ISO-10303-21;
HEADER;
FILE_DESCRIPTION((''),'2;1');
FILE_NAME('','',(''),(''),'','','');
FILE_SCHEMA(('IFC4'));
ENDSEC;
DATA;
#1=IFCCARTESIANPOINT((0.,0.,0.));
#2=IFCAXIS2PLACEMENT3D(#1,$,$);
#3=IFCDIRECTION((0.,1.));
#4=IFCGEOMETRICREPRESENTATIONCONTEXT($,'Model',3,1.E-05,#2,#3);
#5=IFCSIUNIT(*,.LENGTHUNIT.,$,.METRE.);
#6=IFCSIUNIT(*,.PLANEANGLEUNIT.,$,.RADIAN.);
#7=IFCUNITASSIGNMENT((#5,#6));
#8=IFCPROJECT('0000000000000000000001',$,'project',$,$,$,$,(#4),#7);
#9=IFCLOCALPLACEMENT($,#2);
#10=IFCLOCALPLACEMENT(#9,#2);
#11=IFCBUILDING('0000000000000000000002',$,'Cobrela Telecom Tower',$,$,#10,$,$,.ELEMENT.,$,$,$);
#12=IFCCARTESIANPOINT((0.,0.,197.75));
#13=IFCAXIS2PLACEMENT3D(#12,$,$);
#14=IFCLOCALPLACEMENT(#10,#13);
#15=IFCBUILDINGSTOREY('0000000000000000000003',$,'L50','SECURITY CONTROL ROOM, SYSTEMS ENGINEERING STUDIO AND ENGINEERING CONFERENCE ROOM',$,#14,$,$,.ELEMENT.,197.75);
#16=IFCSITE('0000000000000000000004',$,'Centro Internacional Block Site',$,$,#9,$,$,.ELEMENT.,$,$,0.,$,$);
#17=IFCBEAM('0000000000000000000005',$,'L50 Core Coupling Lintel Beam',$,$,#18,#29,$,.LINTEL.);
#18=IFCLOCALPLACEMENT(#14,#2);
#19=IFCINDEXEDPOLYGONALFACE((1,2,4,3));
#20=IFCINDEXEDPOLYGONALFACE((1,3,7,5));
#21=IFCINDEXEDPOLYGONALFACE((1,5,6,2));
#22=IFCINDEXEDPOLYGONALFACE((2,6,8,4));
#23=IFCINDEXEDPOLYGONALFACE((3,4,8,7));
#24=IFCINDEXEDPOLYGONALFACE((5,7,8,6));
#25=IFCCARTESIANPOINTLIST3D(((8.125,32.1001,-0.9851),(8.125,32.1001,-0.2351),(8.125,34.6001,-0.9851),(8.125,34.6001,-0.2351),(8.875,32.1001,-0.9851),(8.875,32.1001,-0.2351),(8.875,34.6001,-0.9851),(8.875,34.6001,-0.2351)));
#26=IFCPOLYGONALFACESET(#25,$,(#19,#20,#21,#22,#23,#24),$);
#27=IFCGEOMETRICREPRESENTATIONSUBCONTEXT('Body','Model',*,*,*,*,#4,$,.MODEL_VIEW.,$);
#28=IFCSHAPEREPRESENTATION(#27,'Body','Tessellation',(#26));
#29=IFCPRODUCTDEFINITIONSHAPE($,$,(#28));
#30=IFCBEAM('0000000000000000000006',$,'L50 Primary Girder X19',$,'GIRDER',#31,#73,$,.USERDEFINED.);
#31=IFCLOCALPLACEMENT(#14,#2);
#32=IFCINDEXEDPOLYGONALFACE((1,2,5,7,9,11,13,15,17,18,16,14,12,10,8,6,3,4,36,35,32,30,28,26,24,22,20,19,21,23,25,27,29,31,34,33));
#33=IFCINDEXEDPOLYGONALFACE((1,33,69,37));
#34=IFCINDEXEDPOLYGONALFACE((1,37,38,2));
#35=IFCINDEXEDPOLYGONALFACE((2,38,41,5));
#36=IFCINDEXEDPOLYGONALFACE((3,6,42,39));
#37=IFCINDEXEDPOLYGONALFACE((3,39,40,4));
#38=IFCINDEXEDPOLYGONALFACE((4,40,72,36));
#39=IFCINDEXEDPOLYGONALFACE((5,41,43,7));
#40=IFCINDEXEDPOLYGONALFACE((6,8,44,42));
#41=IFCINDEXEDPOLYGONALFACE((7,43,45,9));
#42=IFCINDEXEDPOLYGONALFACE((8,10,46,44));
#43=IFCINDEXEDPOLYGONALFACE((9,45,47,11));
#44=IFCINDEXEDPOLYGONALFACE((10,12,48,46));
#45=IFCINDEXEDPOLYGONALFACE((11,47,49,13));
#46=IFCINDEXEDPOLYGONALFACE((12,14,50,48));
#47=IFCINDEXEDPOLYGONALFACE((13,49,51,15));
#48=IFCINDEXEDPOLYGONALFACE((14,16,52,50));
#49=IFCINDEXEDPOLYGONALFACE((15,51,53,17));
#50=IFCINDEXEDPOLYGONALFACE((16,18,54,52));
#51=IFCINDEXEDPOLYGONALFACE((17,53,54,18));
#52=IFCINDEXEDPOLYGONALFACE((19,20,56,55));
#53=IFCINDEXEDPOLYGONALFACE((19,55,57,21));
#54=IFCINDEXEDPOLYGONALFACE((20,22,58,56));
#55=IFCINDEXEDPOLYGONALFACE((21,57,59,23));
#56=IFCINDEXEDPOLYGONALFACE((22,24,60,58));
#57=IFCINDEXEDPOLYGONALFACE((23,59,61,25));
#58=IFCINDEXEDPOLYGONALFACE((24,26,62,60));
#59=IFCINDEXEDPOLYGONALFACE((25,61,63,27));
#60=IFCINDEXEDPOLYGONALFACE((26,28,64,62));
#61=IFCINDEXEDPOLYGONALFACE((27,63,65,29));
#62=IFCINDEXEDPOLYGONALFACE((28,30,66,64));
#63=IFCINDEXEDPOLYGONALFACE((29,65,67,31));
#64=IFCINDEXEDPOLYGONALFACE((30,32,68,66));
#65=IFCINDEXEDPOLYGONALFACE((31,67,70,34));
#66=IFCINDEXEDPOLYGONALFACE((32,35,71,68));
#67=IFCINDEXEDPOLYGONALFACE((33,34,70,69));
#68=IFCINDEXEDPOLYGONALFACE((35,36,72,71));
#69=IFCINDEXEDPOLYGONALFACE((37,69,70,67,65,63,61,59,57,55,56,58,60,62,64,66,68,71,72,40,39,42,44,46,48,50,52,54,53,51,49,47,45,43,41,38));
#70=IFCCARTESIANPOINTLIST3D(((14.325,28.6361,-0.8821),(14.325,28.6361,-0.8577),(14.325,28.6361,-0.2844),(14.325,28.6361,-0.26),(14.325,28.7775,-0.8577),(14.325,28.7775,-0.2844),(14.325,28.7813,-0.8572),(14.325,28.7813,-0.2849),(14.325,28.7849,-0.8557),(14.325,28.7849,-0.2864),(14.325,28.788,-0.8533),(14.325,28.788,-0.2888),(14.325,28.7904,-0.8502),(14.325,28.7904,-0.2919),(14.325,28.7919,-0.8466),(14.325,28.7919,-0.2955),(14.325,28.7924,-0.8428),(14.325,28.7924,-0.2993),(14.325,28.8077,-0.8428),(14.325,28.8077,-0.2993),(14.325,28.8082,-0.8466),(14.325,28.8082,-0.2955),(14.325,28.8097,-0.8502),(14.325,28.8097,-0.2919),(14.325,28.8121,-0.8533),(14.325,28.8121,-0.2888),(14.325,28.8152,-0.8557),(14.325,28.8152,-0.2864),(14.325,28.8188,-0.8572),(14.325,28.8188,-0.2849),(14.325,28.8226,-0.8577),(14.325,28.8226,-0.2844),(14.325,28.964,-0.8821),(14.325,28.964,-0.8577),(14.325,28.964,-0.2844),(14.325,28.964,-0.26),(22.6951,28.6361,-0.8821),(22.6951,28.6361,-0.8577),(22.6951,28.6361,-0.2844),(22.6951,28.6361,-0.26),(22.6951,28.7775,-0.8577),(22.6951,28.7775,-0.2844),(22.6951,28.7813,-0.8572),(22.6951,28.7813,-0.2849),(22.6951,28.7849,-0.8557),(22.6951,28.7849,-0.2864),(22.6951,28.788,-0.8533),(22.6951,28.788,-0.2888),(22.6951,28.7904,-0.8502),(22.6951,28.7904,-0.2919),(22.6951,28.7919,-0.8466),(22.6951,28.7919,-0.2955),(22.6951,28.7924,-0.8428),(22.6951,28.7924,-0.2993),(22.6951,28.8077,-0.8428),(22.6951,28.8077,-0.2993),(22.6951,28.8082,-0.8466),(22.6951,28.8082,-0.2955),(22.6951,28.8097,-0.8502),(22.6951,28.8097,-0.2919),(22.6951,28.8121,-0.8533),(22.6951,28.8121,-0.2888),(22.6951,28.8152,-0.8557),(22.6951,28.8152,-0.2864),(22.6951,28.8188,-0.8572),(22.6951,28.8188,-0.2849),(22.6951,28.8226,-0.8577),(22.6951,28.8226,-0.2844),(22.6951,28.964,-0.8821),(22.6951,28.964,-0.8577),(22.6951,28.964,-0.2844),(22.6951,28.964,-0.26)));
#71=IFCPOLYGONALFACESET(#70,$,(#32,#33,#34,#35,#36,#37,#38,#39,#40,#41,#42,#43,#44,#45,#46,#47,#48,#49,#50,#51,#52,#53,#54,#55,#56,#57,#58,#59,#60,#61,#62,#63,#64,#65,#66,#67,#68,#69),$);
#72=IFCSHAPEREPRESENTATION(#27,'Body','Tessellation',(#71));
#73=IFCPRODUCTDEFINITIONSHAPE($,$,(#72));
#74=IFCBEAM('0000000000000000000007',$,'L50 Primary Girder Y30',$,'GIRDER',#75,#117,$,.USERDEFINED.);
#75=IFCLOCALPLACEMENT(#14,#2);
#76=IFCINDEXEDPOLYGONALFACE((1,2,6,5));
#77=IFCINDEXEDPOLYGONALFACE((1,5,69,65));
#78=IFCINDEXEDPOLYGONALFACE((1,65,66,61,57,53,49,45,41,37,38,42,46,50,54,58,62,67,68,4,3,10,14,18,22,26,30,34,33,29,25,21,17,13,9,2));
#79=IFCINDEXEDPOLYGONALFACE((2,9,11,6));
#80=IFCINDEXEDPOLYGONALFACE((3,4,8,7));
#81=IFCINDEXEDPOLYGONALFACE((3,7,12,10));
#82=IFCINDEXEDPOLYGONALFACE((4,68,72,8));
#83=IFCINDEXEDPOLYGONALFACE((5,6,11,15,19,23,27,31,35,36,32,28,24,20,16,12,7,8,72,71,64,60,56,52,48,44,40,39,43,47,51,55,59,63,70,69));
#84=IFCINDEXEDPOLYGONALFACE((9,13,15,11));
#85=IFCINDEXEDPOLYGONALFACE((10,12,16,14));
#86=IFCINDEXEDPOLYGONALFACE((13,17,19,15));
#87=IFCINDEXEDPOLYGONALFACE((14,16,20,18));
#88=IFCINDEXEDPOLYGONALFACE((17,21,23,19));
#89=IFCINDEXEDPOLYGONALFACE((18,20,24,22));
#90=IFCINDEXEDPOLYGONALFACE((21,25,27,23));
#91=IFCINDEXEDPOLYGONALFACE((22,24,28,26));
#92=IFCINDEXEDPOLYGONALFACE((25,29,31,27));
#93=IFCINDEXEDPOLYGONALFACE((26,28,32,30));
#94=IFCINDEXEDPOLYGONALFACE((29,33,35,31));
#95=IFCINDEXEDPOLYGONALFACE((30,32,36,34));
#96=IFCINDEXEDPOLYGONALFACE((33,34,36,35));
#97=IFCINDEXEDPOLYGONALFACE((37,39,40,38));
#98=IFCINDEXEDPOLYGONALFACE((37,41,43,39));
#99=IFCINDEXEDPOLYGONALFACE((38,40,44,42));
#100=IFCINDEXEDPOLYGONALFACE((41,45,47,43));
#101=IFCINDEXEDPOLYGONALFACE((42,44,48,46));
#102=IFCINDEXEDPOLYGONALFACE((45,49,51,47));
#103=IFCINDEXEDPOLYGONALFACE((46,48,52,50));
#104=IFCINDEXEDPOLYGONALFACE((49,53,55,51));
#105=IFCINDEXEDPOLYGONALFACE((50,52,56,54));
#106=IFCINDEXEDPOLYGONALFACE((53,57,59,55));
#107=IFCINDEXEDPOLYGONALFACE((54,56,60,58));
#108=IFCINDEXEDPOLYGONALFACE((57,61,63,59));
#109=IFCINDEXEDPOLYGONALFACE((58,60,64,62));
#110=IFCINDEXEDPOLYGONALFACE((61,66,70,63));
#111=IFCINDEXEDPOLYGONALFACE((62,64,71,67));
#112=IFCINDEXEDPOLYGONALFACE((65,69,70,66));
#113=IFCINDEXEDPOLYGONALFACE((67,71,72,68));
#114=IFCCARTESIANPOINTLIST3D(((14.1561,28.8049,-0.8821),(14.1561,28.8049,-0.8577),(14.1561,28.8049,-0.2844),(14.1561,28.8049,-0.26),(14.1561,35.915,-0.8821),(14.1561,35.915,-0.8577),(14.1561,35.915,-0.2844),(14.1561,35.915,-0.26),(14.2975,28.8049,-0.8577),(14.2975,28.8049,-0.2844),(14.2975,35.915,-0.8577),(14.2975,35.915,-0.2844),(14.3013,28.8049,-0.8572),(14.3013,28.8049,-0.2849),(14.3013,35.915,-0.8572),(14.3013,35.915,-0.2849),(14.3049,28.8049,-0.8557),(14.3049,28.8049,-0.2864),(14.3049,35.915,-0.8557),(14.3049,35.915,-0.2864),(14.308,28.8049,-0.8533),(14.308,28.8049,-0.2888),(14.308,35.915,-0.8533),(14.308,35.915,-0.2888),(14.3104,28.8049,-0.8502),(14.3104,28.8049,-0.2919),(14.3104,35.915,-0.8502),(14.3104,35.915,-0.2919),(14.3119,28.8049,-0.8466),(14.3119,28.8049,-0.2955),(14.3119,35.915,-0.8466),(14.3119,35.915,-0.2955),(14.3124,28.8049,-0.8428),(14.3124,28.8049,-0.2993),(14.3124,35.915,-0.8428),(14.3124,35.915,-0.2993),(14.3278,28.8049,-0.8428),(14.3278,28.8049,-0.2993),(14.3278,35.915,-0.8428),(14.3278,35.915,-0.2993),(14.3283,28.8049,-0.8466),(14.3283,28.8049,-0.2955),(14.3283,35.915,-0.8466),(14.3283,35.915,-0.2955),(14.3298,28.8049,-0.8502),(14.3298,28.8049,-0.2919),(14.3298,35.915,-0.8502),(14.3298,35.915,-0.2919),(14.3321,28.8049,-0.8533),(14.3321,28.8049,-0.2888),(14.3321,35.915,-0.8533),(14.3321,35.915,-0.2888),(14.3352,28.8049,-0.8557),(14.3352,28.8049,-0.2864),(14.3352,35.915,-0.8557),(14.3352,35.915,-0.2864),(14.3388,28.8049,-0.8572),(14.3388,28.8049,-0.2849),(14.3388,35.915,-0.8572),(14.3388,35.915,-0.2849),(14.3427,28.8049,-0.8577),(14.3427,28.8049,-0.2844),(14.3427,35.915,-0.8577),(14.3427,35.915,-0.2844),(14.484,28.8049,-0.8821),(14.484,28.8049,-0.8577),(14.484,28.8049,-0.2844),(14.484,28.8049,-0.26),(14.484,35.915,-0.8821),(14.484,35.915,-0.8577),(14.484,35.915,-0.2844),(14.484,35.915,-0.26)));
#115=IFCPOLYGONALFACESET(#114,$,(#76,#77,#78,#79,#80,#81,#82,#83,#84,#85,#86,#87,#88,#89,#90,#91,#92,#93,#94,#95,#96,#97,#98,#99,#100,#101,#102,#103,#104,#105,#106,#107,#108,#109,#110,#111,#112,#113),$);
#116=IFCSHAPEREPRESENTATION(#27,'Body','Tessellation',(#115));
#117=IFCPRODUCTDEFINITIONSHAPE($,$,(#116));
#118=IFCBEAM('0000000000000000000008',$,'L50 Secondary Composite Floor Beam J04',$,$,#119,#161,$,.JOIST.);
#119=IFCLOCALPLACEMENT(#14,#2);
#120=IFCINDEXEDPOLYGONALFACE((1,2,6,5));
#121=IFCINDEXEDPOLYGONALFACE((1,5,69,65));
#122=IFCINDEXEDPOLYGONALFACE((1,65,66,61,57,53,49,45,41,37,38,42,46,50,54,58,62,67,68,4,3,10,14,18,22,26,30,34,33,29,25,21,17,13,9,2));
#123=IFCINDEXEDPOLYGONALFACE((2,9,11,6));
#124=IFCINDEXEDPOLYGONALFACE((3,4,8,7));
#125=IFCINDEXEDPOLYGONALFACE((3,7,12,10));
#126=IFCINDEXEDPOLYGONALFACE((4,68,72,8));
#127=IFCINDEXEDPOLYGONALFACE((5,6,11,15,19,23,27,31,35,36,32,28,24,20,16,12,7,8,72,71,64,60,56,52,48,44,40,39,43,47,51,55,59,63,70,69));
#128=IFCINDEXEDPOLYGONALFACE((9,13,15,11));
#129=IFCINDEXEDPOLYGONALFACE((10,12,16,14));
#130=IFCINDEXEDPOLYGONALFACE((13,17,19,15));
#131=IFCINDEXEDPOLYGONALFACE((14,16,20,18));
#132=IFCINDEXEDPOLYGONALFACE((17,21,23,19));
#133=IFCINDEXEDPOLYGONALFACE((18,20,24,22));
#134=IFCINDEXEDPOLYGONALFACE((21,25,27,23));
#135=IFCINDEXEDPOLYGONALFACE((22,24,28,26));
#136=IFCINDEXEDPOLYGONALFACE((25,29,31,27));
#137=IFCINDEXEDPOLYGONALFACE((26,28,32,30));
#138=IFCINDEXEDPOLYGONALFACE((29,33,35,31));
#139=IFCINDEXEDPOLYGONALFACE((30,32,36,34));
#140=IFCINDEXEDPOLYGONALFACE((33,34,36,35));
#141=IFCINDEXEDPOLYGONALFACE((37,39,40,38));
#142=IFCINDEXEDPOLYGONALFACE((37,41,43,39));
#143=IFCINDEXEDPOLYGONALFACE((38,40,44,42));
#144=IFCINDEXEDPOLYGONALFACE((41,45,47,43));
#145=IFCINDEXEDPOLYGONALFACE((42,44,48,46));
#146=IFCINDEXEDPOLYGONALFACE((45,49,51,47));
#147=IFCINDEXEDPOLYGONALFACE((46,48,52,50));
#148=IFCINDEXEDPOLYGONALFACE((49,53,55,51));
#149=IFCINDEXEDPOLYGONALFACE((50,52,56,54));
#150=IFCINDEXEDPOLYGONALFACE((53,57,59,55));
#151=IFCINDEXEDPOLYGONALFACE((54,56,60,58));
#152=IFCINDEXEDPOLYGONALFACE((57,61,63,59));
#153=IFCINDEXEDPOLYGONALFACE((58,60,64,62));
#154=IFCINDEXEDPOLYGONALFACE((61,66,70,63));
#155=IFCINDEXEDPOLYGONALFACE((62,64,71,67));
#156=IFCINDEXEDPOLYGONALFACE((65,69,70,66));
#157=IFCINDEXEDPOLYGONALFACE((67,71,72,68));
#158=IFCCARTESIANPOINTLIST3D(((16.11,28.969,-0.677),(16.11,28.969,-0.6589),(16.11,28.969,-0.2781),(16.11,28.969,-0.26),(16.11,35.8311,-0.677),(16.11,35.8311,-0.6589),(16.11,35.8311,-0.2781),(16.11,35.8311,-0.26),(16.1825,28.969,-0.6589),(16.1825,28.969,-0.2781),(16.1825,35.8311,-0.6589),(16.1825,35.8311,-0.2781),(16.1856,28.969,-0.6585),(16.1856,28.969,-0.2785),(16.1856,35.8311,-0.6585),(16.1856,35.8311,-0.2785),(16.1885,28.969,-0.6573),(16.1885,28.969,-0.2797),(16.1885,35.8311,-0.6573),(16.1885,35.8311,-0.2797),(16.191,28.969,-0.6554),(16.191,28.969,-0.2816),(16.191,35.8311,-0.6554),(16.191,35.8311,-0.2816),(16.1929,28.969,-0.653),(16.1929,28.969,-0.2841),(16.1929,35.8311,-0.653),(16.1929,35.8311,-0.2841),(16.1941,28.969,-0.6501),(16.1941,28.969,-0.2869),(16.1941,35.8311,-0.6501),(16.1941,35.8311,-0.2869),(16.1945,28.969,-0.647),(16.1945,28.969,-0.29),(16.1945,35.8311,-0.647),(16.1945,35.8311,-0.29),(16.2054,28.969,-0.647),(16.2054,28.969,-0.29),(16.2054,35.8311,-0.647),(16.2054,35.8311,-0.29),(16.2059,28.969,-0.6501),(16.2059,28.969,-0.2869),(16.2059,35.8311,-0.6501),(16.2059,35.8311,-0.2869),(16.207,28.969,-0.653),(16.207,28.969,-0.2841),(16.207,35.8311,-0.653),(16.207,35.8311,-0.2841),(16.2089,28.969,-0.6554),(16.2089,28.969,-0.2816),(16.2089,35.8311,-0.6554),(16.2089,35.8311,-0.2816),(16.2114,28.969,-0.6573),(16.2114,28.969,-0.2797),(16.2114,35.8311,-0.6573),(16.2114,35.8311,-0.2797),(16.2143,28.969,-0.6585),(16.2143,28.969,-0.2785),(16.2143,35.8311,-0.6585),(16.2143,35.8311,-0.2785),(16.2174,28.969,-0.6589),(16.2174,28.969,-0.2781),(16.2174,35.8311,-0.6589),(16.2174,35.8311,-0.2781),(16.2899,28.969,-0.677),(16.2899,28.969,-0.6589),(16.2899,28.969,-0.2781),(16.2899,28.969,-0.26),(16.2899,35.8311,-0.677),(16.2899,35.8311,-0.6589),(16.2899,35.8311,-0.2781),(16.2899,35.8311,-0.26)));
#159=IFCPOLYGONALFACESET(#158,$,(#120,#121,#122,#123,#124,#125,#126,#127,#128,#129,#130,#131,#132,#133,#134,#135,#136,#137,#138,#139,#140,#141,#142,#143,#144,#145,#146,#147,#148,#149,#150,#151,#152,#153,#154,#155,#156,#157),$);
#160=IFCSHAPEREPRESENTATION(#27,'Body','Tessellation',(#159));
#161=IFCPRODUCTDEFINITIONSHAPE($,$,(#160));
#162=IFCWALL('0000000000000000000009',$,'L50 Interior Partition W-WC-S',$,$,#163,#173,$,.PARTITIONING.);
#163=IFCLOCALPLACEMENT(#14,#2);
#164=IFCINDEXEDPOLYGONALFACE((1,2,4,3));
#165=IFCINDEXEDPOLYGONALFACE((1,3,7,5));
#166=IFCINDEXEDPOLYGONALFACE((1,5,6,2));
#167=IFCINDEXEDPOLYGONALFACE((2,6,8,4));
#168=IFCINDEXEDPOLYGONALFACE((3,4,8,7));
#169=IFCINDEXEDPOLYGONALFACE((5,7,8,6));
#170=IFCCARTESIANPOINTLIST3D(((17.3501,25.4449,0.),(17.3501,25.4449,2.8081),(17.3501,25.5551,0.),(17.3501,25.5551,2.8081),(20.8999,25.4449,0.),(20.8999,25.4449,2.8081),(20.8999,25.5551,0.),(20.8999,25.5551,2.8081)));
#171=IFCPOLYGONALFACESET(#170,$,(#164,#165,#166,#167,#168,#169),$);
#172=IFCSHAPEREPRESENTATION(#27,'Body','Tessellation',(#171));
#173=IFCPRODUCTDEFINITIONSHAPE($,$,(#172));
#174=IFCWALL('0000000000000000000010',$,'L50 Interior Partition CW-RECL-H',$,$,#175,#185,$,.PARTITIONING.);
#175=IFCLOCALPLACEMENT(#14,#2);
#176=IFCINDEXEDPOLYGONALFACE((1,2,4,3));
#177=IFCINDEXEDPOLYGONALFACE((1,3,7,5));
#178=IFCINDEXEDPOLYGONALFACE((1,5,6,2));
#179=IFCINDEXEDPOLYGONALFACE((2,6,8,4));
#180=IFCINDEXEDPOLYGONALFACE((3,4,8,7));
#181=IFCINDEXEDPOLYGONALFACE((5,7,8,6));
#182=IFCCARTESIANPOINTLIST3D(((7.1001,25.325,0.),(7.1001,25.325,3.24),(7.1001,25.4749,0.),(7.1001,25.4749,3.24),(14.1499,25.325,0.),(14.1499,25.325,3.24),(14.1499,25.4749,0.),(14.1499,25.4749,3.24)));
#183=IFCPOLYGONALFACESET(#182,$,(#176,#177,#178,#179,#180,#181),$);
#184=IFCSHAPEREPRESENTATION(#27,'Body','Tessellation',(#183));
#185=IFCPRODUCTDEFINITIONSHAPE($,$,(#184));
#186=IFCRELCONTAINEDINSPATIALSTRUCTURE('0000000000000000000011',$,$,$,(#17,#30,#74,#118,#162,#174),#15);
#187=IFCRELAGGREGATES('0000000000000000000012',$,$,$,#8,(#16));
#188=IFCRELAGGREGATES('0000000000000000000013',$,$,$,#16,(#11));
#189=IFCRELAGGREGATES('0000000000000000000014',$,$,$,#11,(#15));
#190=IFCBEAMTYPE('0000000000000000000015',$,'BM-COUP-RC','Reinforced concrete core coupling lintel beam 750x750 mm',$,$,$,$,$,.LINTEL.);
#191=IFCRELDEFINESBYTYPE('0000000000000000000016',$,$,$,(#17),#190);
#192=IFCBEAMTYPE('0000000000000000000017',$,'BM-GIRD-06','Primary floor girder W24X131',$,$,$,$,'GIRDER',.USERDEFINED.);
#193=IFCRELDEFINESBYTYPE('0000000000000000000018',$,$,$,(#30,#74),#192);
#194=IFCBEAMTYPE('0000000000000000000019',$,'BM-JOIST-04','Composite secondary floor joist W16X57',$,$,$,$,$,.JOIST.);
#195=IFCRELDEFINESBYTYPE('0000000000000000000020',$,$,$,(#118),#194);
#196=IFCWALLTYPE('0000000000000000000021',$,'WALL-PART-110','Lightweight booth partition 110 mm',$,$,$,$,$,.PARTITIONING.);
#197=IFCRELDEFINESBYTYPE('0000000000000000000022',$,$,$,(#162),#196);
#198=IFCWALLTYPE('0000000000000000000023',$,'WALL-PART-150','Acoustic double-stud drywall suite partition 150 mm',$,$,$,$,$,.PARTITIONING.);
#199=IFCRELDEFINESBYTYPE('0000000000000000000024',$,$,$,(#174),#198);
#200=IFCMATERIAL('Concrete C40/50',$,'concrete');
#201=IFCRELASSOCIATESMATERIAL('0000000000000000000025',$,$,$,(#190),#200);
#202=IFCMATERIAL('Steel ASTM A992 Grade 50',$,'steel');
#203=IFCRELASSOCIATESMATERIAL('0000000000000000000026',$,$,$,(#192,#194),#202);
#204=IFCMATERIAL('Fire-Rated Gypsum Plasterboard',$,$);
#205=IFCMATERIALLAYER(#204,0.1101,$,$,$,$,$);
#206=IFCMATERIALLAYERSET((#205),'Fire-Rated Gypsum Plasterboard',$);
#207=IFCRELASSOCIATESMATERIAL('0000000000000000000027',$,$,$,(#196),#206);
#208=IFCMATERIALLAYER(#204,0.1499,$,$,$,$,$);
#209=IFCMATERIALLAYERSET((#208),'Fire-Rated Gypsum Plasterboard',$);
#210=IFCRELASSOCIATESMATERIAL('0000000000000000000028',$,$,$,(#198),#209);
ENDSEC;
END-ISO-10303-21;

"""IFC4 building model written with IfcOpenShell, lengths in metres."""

from ifc_helpers import new_model, si_unit, direction, frame, frame_2d, origin, origin_2d, place, context, subcontext, project, spatial, rectangle, i_section, extrude, material, layer, layer_set, material_profile, profile_set, type_object, element, save


model = new_model("IFC4")

# Units and contexts
model_context = context("Model", 3, precision=1e-05, world=origin(), true_north=direction((0.0, 1.0)))
body_context = subcontext(model_context, "Body", "Model", "MODEL_VIEW")
ifc_project = project(units=[si_unit("LENGTHUNIT", "METRE"), si_unit("PLANEANGLEUNIT", "RADIAN")], contexts=[model_context])

# Site, building, storey
site_placement = place(None, origin())
site = spatial("IfcSite", under=ifc_project, at=site_placement, Name="Centro Internacional Block Site", CompositionType="ELEMENT", RefElevation=0.0)
building_placement = place(site_placement, origin())
building = spatial("IfcBuilding", under=site, at=building_placement, Name="Cobrela Telecom Tower", CompositionType="ELEMENT")
storey_placement = place(building_placement, frame((0.0, 0.0, 197.75)))
storey = spatial("IfcBuildingStorey", under=building, at=storey_placement, Name="L50", Description="SECURITY CONTROL ROOM, SYSTEMS ENGINEERING STUDIO AND ENGINEERING CONFERENCE ROOM", CompositionType="ELEMENT", Elevation=197.75)

# Beams
ifc_material_1 = material(Name="Concrete C40/50", Category="concrete")
ifc_material_profile_1 = material_profile(ifc_material_1, rectangle(XDim=0.75, YDim=0.75, at=origin_2d()), Name="RC 750x750")
ifc_profile_set_1 = profile_set([ifc_material_profile_1], Name="Concrete C40/50")
beam_type_1 = type_object("IfcBeamType", Name="BM-COUP-RC", Description="Reinforced concrete core coupling lintel beam 750x750 mm", PredefinedType="LINTEL", material=ifc_profile_set_1)
beam_1_placement = place(storey_placement, frame((8.5, 32.1001, -0.6101), z_axis=(0.0, 1.0, 0.0), x_axis=(-1.0, 0.0, 0.0)))
element("IfcBeam", 1, at=beam_1_placement, inside=storey, type_object=beam_type_1, Name="L50 Core Coupling Lintel Beam", PredefinedType="LINTEL", context=body_context, shape_type="SweptSolid", body=[
    extrude(rectangle(XDim=0.75, YDim=0.75, at=origin_2d()), origin(), (0.0, 0.0, 1.0), 2.5),
])
ifc_material_2 = material(Name="Steel ASTM A992 Grade 50", Category="steel")
ifc_material_profile_2 = material_profile(ifc_material_2, i_section(OverallWidth=0.3279, OverallDepth=0.6221, WebThickness=0.0154, FlangeThickness=0.0244, FilletRadius=0.0149, at=origin_2d()), Name="W24X131")
ifc_profile_set_2 = profile_set([ifc_material_profile_2], Name="Steel ASTM A992 Grade 50")
beam_type_2 = type_object("IfcBeamType", Name="BM-GIRD-06", Description="Primary floor girder W24X131", ElementType="GIRDER", PredefinedType="USERDEFINED", material=ifc_profile_set_2)
beam_2_placement = place(storey_placement, frame((14.325, 28.8, -0.571), z_axis=(1.0, 0.0, 0.0), x_axis=(0.0, 1.0, 0.0)))
element("IfcBeam", 2, at=beam_2_placement, inside=storey, type_object=beam_type_2, Name="L50 Primary Girder X19", ObjectType="GIRDER", PredefinedType="USERDEFINED", context=body_context, shape_type="SweptSolid", body=[
    extrude(i_section(OverallWidth=0.3279, OverallDepth=0.6221, WebThickness=0.0154, FlangeThickness=0.0244, FilletRadius=0.0149, at=origin_2d()), origin(), (0.0, 0.0, 1.0), 8.3701),
])
beam_3_placement = place(storey_placement, frame((14.3201, 28.8049, -0.571), z_axis=(0.0, 1.0, 0.0), x_axis=(-1.0, 0.0, 0.0)))
element("IfcBeam", 3, at=beam_3_placement, inside=storey, type_object=beam_type_2, Name="L50 Primary Girder Y30", ObjectType="GIRDER", PredefinedType="USERDEFINED", context=body_context, shape_type="SweptSolid", body=[
    extrude(i_section(OverallWidth=0.3279, OverallDepth=0.6221, WebThickness=0.0154, FlangeThickness=0.0244, FilletRadius=0.0149, at=origin_2d()), origin(), (0.0, 0.0, 1.0), 7.1101),
])
ifc_material_profile_3 = material_profile(ifc_material_2, i_section(OverallWidth=0.1799, OverallDepth=0.417, WebThickness=0.011, FlangeThickness=0.0181, FilletRadius=0.012, at=origin_2d()), Name="W16X57")
ifc_profile_set_3 = profile_set([ifc_material_profile_3], Name="Steel ASTM A992 Grade 50")
beam_type_3 = type_object("IfcBeamType", Name="BM-JOIST-04", Description="Composite secondary floor joist W16X57", PredefinedType="JOIST", material=ifc_profile_set_3)
beam_4_placement = place(storey_placement, frame((16.2, 28.969, -0.4685), z_axis=(0.0, 1.0, 0.0), x_axis=(-1.0, 0.0, 0.0)))
element("IfcBeam", 4, at=beam_4_placement, inside=storey, type_object=beam_type_3, Name="L50 Secondary Composite Floor Beam J04", PredefinedType="JOIST", context=body_context, shape_type="SweptSolid", body=[
    extrude(i_section(OverallWidth=0.1799, OverallDepth=0.417, WebThickness=0.011, FlangeThickness=0.0181, FilletRadius=0.012, at=origin_2d()), origin(), (0.0, 0.0, 1.0), 6.8621),
])

# Walls
ifc_material_3 = material(Name="Fire-Rated Gypsum Plasterboard")
ifc_layer_1 = layer(ifc_material_3, 0.1101)
ifc_layer_set_1 = layer_set([ifc_layer_1], Name="Fire-Rated Gypsum Plasterboard")
wall_type_1 = type_object("IfcWallType", Name="WALL-PART-110", Description="Lightweight booth partition 110 mm", PredefinedType="PARTITIONING", material=ifc_layer_set_1)
wall_1_placement = place(storey_placement, frame((17.3501, 25.5, 0.0), z_axis=(0.0, 0.0, 1.0), x_axis=(1.0, 0.0, 0.0)))
element("IfcWall", 5, at=wall_1_placement, inside=storey, type_object=wall_type_1, Name="L50 Interior Partition W-WC-S", PredefinedType="PARTITIONING", context=body_context, shape_type="SweptSolid", body=[
    extrude(rectangle(XDim=3.5498, YDim=0.1101, at=frame_2d((1.7749, 0.0))), origin(), (0.0, 0.0, 1.0), 2.8081),
])
ifc_layer_2 = layer(ifc_material_3, 0.1499)
ifc_layer_set_2 = layer_set([ifc_layer_2], Name="Fire-Rated Gypsum Plasterboard")
wall_type_2 = type_object("IfcWallType", Name="WALL-PART-150", Description="Acoustic double-stud drywall suite partition 150 mm", PredefinedType="PARTITIONING", material=ifc_layer_set_2)
wall_2_placement = place(storey_placement, frame((7.1001, 25.3999, 0.0), z_axis=(0.0, 0.0, 1.0), x_axis=(1.0, 0.0, 0.0)))
element("IfcWall", 6, at=wall_2_placement, inside=storey, type_object=wall_type_2, Name="L50 Interior Partition CW-RECL-H", PredefinedType="PARTITIONING", context=body_context, shape_type="SweptSolid", body=[
    extrude(rectangle(XDim=7.0498, YDim=0.1499, at=frame_2d((3.5249, 0.0))), origin(), (0.0, 0.0, 1.0), 3.24),
])

save(model, "model.ifc")
